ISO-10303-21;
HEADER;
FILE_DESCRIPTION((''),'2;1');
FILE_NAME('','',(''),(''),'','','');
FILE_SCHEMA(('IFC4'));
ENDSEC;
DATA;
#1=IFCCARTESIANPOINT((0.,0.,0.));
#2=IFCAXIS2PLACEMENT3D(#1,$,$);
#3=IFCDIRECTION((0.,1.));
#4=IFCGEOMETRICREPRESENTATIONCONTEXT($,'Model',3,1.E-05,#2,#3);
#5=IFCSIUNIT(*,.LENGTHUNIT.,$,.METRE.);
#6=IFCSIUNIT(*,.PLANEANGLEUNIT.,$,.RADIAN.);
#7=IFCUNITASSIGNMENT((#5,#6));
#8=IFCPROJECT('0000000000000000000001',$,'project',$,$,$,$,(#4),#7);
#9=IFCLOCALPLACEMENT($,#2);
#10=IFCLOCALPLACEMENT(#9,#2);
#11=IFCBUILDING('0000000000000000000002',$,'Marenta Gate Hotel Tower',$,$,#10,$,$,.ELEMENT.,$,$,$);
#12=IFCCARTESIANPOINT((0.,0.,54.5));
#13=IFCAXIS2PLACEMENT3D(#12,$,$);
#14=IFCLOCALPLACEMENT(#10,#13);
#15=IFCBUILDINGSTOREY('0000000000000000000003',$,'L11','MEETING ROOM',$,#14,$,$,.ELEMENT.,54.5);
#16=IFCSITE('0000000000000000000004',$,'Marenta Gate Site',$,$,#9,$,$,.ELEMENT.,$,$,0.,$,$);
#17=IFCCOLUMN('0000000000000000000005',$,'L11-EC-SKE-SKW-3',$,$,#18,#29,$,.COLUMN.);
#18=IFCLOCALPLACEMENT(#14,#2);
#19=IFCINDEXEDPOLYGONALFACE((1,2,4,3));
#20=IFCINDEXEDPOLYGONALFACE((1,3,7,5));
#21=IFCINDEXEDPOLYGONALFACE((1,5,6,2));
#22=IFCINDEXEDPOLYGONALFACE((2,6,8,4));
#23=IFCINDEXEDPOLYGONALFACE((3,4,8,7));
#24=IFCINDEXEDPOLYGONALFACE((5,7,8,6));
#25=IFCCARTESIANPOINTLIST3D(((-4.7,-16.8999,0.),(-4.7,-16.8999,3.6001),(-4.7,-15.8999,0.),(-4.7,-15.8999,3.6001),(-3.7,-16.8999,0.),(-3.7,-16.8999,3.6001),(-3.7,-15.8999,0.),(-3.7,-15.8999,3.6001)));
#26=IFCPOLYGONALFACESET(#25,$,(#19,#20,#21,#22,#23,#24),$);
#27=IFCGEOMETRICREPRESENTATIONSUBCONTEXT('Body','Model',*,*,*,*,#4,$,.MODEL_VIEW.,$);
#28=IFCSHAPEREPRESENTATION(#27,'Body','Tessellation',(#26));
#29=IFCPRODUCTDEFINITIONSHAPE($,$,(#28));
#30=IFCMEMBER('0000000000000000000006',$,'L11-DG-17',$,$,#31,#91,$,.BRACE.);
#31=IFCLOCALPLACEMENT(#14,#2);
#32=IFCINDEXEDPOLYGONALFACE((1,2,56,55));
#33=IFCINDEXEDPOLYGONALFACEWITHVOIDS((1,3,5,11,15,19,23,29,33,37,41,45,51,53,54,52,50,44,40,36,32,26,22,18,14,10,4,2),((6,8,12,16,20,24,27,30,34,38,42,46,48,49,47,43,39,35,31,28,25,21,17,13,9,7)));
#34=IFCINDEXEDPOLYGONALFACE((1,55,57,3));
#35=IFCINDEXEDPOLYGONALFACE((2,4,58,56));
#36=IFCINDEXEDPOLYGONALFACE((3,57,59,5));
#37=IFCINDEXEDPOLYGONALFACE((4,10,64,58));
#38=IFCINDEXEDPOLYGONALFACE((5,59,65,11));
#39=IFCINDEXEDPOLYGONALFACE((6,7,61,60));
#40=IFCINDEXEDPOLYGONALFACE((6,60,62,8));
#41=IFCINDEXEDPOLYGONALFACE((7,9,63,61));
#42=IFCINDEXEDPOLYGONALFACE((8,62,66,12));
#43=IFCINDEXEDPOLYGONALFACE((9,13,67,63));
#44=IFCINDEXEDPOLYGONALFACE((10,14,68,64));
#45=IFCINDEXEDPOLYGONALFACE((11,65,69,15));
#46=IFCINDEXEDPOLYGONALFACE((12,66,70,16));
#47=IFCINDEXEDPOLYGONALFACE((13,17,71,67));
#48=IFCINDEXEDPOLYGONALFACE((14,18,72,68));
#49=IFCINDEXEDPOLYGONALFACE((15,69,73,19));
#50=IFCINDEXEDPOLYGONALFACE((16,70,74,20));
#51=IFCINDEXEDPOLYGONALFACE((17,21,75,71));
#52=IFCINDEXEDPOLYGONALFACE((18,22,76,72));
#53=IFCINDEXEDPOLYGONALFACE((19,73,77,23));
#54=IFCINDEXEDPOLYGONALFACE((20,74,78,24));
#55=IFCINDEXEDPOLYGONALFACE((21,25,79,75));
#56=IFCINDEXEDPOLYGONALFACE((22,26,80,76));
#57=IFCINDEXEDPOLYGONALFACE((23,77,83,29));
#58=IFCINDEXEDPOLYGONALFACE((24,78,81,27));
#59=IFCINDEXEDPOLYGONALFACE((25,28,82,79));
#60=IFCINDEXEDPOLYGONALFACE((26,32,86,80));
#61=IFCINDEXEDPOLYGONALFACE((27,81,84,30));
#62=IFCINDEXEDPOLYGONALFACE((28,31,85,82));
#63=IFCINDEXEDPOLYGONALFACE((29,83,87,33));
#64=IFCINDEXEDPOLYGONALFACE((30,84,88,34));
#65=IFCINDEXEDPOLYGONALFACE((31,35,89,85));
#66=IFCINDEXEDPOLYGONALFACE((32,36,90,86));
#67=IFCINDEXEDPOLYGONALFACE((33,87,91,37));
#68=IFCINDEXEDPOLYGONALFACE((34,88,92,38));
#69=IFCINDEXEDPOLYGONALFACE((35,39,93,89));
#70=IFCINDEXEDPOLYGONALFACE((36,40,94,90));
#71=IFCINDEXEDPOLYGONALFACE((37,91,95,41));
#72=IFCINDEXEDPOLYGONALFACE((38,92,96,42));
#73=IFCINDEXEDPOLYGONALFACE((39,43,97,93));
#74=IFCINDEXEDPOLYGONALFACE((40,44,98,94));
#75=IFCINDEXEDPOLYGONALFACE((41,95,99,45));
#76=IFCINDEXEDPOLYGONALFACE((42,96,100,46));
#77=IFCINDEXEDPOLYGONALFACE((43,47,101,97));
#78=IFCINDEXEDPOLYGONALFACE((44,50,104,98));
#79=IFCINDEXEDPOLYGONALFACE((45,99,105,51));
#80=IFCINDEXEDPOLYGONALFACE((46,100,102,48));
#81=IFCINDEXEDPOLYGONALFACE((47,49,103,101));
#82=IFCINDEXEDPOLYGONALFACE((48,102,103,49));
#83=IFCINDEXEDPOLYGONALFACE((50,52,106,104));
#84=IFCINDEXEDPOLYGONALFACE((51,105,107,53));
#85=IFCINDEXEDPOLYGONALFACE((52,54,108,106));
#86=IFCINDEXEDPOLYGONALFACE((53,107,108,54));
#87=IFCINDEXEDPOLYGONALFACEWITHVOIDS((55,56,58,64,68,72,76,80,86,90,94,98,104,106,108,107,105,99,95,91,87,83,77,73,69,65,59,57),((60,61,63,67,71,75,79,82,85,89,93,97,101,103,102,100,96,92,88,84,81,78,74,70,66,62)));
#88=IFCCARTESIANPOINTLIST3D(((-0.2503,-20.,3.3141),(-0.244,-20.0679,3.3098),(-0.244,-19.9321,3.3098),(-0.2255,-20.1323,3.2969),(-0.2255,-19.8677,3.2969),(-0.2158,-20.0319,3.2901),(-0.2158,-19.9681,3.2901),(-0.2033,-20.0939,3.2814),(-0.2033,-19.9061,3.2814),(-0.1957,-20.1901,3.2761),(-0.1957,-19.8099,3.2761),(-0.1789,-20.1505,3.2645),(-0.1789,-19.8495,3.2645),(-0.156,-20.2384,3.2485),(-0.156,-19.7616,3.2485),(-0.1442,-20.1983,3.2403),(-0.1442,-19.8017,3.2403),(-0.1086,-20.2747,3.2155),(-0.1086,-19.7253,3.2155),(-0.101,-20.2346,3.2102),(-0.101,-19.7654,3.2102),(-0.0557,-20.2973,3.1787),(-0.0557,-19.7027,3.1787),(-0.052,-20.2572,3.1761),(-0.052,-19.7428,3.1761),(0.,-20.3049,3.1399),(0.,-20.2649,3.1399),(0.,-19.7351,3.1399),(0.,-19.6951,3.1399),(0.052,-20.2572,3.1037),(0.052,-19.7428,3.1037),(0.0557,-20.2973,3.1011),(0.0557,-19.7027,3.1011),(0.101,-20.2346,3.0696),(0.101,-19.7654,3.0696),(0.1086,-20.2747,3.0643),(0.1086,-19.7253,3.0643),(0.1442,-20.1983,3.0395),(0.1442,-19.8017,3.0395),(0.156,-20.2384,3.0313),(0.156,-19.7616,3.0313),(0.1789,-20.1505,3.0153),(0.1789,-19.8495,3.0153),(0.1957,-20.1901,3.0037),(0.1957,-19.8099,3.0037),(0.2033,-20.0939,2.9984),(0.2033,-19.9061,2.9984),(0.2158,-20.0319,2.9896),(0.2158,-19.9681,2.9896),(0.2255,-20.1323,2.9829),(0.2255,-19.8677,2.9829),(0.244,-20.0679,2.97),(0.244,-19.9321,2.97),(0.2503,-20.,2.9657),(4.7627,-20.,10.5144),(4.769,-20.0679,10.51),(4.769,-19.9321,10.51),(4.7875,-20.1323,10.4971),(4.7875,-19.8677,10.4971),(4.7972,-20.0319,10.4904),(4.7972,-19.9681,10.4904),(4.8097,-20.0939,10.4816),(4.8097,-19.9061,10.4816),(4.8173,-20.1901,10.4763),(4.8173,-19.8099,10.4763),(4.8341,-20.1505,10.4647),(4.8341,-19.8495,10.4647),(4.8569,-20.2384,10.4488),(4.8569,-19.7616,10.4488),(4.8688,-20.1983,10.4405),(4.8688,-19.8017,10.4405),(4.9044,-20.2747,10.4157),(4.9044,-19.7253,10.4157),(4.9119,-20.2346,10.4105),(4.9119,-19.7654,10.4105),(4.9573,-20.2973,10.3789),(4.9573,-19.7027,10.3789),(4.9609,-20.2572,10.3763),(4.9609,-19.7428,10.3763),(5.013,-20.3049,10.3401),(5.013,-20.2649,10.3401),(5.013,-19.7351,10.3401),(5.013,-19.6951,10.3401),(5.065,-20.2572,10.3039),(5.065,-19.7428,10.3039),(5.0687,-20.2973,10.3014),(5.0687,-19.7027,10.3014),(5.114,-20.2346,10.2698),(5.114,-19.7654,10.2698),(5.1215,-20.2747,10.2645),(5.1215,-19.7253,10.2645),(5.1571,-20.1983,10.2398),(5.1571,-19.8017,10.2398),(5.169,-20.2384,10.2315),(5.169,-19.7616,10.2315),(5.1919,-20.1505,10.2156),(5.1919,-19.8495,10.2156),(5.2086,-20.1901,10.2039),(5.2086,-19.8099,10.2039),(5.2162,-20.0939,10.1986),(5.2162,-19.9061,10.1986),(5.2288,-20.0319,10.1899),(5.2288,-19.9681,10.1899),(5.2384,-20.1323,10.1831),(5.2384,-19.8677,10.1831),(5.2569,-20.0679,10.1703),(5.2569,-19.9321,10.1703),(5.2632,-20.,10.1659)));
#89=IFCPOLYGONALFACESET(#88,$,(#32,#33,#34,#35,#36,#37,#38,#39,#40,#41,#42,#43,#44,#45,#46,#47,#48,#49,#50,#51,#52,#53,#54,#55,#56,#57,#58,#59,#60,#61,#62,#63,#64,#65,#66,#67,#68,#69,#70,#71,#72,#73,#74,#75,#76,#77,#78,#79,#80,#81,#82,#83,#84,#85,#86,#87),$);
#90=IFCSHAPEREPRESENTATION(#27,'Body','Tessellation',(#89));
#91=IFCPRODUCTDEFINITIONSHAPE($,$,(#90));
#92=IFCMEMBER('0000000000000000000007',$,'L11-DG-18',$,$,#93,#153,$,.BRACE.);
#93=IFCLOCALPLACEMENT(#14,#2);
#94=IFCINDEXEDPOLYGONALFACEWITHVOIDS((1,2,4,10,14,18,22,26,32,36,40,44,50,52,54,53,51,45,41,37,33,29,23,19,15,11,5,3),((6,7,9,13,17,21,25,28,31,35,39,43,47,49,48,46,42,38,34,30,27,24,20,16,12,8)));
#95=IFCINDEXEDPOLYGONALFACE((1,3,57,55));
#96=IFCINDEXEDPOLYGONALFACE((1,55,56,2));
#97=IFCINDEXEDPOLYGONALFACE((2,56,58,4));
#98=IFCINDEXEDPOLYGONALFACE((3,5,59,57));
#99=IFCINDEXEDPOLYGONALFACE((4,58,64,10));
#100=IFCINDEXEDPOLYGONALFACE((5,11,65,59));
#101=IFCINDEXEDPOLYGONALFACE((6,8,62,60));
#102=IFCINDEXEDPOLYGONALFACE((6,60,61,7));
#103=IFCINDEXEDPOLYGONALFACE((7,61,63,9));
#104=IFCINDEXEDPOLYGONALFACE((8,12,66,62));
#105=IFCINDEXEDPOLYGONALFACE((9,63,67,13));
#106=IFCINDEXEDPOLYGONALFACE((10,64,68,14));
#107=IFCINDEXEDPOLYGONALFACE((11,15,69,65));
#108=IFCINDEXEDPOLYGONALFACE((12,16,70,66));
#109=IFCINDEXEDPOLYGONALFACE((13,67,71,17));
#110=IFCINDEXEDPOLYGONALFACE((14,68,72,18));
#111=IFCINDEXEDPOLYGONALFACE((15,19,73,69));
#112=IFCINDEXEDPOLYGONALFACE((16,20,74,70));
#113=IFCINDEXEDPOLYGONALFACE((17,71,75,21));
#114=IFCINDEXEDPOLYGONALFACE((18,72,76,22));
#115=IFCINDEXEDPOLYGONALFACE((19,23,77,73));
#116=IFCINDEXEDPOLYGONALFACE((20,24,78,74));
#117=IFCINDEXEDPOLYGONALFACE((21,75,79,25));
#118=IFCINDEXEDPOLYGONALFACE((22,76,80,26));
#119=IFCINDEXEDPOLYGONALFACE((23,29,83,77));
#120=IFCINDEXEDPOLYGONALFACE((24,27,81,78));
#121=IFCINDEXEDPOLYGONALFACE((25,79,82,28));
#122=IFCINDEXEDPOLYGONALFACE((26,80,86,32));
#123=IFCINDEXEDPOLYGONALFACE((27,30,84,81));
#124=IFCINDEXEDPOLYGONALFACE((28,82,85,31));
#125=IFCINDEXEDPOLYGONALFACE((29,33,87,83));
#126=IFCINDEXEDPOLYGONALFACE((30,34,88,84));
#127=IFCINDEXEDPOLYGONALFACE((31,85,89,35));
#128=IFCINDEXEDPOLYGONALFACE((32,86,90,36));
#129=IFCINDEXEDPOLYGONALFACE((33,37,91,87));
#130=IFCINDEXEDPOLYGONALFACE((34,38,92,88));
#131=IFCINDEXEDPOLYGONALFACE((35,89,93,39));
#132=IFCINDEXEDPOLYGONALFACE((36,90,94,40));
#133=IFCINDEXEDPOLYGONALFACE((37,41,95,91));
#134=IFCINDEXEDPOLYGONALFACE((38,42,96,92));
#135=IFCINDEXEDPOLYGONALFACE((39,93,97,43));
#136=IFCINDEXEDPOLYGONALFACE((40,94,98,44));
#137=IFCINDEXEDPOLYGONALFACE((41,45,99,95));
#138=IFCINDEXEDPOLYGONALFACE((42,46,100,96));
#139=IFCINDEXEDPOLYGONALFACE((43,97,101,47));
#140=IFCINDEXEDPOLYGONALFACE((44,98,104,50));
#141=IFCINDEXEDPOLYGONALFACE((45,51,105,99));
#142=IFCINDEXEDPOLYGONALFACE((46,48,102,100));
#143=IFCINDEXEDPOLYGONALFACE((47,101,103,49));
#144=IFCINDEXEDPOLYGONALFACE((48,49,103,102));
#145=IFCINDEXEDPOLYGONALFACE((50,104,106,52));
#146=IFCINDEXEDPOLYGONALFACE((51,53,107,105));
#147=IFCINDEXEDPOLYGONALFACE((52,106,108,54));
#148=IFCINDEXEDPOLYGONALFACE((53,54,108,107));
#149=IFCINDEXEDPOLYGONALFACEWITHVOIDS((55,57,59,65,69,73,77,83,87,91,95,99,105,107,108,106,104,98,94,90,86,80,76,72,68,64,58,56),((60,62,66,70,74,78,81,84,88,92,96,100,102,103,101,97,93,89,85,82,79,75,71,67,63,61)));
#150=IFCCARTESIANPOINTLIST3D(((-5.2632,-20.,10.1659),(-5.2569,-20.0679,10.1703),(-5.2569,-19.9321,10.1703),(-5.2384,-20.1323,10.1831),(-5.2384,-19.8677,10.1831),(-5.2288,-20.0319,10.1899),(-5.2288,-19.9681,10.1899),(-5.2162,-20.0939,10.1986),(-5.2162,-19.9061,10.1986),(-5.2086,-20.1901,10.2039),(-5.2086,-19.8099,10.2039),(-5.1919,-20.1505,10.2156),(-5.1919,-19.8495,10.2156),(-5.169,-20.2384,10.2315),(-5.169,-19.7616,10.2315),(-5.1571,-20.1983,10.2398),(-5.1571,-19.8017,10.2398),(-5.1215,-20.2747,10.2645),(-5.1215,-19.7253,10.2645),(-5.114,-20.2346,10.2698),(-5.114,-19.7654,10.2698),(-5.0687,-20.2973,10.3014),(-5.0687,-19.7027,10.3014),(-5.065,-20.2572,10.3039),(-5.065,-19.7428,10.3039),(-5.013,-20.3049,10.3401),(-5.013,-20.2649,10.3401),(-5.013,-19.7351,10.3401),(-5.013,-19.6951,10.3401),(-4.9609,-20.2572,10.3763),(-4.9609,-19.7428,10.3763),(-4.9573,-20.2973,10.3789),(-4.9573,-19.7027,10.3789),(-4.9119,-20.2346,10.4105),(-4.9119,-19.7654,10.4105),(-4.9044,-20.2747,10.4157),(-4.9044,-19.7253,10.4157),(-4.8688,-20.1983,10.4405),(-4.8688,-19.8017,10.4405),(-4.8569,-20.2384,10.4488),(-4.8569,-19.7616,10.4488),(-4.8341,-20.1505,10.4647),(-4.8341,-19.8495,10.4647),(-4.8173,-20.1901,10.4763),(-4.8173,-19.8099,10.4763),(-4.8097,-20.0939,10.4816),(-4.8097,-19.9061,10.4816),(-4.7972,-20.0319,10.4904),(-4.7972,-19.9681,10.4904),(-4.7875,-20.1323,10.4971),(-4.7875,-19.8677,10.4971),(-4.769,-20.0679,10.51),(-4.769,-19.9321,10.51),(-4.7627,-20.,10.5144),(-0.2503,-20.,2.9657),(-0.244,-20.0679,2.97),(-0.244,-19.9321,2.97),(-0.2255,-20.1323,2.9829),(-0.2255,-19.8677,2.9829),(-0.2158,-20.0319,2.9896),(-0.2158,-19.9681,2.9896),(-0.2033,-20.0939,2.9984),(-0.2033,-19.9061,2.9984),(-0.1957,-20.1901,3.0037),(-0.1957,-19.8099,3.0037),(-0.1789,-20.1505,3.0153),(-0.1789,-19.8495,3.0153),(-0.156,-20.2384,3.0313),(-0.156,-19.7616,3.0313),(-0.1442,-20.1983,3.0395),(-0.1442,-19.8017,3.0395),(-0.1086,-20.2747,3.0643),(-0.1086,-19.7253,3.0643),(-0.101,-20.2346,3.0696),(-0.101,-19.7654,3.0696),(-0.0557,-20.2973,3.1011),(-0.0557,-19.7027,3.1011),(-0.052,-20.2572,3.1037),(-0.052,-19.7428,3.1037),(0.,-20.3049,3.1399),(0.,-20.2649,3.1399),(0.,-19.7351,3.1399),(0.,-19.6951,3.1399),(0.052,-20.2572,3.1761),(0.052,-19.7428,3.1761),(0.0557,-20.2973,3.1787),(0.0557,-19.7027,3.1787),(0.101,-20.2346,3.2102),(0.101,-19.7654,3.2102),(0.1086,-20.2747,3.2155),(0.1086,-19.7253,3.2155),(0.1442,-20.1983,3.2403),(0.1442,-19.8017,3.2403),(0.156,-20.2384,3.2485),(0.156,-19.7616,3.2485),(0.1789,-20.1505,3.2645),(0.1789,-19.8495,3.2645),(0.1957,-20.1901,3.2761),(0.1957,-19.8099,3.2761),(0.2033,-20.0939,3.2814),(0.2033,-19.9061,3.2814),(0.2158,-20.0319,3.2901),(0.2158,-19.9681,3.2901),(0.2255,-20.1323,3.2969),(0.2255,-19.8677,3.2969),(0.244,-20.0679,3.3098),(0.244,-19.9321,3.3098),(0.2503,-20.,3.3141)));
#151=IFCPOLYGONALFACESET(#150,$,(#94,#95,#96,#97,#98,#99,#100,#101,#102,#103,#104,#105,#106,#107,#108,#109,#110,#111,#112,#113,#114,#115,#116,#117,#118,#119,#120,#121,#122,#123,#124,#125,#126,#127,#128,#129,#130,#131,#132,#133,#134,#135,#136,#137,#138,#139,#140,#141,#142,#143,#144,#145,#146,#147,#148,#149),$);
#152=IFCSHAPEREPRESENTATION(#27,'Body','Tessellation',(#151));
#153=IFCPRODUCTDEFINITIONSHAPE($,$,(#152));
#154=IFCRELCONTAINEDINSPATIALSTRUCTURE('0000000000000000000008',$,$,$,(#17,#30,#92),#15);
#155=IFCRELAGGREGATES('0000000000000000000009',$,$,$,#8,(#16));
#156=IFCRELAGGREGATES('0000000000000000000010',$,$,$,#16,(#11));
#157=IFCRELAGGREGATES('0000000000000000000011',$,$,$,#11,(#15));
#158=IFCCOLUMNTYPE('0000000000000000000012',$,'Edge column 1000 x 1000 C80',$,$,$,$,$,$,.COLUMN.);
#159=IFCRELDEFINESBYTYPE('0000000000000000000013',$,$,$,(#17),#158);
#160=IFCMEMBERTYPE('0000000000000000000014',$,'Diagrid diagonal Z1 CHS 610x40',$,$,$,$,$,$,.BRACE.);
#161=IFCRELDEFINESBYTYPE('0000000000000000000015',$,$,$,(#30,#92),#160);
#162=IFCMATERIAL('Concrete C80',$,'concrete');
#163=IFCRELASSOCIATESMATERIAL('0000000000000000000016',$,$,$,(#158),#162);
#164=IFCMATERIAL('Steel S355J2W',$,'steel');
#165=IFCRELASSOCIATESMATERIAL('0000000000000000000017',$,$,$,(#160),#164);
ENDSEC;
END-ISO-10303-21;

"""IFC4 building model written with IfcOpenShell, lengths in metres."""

from ifc_helpers import new_model, si_unit, direction, frame, origin, origin_2d, place, context, subcontext, project, spatial, rectangle, hollow_circle, extrude, material, material_profile, profile_set, type_object, element, save


model = new_model("IFC4")

# Units and contexts
model_context = context("Model", 3, precision=1e-05, world=origin(), true_north=direction((0.0, 1.0)))
body_context = subcontext(model_context, "Body", "Model", "MODEL_VIEW")
ifc_project = project(units=[si_unit("LENGTHUNIT", "METRE"), si_unit("PLANEANGLEUNIT", "RADIAN")], contexts=[model_context])

# Site, building, storey
site_placement = place(None, origin())
site = spatial("IfcSite", under=ifc_project, at=site_placement, Name="Marenta Gate Site", CompositionType="ELEMENT", RefElevation=0.0)
building_placement = place(site_placement, origin())
building = spatial("IfcBuilding", under=site, at=building_placement, Name="Marenta Gate Hotel Tower", CompositionType="ELEMENT")
storey_placement = place(building_placement, frame((0.0, 0.0, 54.5)))
storey = spatial("IfcBuildingStorey", under=building, at=storey_placement, Name="L11", Description="MEETING ROOM", CompositionType="ELEMENT", Elevation=54.5)

# Column
ifc_material_1 = material(Name="Concrete C80", Category="concrete")
ifc_material_profile_1 = material_profile(ifc_material_1, rectangle(XDim=1.0, YDim=1.0, at=origin_2d()), Name="1000 x 1000")
ifc_profile_set_1 = profile_set([ifc_material_profile_1], Name="Concrete C80")
column_type = type_object("IfcColumnType", Name="Edge column 1000 x 1000 C80", PredefinedType="COLUMN", material=ifc_profile_set_1)
column_placement = place(storey_placement, frame((-4.2, -16.3999, 0.0), z_axis=(0.0, 0.0, 1.0), x_axis=(1.0, 0.0, 0.0)))
element("IfcColumn", 1, at=column_placement, inside=storey, type_object=column_type, Name="L11-EC-SKE-SKW-3", PredefinedType="COLUMN", context=body_context, shape_type="SweptSolid", body=[
    extrude(rectangle(XDim=1.0, YDim=1.0, at=origin_2d()), origin(), (0.0, 0.0, 1.0), 3.6001),
])

# Members
ifc_material_2 = material(Name="Steel S355J2W", Category="steel")
ifc_material_profile_2 = material_profile(ifc_material_2, hollow_circle(Radius=0.3049, WallThickness=0.04, at=origin_2d()), Name="CHS 610x40")
ifc_profile_set_2 = profile_set([ifc_material_profile_2], Name="Steel S355J2W")
member_type_1 = type_object("IfcMemberType", Name="Diagrid diagonal Z1 CHS 610x40", PredefinedType="BRACE", material=ifc_profile_set_2)
for number, where, z_axis, x_axis, name in (
    (2, (0.0, -20.0, 3.1399), (0.57138, 0.0, 0.820686), (0.0, 1.0, 0.0), "L11-DG-17"),
    (3, (0.0, -20.0, 3.1399), (-0.57138, 0.0, 0.820686), (0.0, -1.0, 0.0), "L11-DG-18"),
):
    element("IfcMember", number, at=place(storey_placement, frame(where, z_axis=z_axis, x_axis=x_axis)), inside=storey, type_object=member_type_1, Name=name, PredefinedType="BRACE", context=body_context, shape_type="SweptSolid", body=[
        extrude(hollow_circle(Radius=0.3049, WallThickness=0.04, at=origin_2d()), origin(), (0.0, 0.0, 1.0), 8.7734),
    ])

save(model, "model.ifc")
